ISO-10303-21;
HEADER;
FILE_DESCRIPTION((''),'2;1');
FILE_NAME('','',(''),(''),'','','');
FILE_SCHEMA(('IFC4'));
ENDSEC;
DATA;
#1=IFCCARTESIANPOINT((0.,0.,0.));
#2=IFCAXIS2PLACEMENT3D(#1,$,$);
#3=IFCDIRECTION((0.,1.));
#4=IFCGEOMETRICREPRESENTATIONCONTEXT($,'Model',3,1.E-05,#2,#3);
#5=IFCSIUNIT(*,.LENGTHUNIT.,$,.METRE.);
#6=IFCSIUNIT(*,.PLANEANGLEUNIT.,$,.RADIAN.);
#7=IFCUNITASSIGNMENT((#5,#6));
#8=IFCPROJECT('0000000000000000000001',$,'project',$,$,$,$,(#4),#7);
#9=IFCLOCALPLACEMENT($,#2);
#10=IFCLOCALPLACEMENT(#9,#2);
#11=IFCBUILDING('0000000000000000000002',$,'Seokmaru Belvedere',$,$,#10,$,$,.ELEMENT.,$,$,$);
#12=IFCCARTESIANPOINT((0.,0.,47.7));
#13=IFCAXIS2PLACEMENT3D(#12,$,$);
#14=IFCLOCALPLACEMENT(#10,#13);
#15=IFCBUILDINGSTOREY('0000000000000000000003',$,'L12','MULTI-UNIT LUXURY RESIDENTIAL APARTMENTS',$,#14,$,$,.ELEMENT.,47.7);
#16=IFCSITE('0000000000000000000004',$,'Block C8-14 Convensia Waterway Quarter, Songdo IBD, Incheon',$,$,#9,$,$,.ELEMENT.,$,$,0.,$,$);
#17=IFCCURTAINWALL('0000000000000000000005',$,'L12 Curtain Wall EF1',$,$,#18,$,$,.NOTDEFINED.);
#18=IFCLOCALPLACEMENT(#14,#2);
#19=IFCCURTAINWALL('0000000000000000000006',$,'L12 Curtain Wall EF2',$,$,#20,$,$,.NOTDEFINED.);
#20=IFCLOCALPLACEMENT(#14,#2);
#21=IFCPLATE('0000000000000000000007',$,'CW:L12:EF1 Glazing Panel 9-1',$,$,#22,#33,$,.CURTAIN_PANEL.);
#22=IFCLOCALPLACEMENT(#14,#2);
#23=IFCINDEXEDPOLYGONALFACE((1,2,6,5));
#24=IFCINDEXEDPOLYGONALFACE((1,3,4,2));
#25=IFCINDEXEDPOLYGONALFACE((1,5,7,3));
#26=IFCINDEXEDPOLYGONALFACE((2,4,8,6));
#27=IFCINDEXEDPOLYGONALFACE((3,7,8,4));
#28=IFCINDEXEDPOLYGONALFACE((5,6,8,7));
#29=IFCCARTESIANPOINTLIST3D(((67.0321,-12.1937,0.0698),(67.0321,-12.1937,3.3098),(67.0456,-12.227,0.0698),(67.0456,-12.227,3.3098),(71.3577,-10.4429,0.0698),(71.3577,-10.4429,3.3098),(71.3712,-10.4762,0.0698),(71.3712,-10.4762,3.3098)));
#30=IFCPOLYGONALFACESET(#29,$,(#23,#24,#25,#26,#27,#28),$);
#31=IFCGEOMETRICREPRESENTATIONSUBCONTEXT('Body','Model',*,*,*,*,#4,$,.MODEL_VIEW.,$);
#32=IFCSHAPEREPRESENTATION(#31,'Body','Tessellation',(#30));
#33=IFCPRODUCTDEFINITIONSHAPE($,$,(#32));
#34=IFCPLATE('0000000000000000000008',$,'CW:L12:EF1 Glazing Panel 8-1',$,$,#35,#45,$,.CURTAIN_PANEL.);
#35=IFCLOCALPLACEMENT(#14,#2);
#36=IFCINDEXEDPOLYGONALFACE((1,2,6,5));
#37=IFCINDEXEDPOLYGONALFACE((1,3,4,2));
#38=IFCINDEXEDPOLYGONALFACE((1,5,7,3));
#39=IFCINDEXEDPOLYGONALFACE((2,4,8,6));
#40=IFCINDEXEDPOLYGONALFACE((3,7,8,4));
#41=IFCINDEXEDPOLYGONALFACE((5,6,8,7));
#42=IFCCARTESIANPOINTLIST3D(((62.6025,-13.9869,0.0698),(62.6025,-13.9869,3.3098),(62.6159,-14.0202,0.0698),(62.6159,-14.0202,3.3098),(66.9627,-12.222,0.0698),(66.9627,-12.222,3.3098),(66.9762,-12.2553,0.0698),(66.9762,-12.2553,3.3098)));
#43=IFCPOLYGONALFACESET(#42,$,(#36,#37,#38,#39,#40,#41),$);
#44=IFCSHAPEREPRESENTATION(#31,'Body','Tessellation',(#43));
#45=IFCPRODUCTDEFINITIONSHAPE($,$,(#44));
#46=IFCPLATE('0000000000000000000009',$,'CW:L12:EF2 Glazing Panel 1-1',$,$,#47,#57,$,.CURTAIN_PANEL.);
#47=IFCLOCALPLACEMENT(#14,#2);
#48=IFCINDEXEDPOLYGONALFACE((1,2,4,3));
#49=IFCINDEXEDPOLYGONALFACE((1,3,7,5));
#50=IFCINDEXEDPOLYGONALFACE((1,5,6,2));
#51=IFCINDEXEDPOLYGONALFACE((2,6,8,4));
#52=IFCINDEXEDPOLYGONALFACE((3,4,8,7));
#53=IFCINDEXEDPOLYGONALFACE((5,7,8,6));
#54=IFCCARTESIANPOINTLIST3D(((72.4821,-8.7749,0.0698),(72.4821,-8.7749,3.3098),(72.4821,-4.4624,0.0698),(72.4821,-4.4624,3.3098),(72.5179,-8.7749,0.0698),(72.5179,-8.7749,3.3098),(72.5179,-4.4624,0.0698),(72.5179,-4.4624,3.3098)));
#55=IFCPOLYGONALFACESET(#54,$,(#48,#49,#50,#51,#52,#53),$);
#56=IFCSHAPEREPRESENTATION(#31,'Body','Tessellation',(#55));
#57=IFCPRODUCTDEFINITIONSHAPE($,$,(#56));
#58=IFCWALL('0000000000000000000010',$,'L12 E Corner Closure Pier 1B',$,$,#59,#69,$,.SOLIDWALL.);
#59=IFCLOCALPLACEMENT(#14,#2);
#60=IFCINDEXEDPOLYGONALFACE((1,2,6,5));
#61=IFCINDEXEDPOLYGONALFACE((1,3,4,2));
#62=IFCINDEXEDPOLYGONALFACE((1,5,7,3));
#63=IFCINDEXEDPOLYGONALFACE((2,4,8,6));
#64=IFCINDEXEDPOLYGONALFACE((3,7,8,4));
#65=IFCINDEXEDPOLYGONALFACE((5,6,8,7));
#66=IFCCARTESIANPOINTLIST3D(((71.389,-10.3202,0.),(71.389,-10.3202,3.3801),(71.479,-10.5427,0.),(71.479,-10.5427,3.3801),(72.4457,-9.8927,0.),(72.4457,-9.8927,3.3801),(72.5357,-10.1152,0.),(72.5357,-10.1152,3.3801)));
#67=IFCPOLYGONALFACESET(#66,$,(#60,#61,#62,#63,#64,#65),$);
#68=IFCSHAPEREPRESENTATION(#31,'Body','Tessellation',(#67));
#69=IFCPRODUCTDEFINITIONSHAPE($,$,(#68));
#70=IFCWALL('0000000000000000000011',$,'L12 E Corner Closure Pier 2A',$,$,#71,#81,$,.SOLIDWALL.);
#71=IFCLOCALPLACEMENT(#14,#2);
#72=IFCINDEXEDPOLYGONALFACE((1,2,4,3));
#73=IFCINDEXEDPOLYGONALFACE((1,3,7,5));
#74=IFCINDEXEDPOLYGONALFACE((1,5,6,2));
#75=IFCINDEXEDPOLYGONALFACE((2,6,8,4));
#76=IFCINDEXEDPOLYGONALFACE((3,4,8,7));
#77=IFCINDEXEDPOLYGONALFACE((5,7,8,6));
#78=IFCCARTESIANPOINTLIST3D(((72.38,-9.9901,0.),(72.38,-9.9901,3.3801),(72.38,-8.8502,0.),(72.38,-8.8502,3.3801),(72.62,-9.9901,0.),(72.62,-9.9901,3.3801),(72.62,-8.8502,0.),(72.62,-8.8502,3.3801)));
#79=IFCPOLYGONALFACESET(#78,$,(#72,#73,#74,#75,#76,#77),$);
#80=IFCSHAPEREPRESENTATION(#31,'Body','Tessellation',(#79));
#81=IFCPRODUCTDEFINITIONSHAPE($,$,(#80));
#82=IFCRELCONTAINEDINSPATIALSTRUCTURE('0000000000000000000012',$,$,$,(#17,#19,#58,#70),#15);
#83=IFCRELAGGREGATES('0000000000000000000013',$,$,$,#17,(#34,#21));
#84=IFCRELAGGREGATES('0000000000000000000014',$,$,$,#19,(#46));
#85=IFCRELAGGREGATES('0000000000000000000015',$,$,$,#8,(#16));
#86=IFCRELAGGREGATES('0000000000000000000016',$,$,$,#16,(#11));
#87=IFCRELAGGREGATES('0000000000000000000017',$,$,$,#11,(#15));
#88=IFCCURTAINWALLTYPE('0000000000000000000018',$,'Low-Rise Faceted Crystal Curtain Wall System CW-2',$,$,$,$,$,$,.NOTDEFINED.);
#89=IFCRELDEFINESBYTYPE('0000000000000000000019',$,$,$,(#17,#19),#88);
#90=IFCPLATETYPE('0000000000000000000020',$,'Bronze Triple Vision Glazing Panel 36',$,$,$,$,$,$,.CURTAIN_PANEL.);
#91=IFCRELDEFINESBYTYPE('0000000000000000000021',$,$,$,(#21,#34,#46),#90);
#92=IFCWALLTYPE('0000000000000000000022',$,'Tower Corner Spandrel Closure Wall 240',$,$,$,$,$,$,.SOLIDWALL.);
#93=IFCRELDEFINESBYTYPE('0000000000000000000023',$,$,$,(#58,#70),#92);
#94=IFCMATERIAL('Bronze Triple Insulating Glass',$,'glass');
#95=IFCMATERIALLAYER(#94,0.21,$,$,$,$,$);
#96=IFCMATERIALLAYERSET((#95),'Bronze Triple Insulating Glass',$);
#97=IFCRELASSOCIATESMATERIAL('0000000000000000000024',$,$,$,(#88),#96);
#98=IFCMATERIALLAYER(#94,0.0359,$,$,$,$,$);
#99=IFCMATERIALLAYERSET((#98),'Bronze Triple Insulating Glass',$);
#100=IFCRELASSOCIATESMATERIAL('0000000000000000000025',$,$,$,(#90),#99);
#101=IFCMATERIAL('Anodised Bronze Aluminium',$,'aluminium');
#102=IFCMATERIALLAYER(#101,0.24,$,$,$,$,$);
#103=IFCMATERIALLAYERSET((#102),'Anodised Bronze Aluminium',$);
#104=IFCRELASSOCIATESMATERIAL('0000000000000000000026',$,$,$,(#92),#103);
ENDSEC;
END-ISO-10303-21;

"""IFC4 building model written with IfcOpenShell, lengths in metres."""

from ifc_helpers import new_model, si_unit, direction, frame, frame_2d, origin, origin_2d, place, context, subcontext, project, spatial, rectangle, extrude, source, transform, mapped, material, layer, layer_set, type_object, type_shapes, element, aggregate, save


model = new_model("IFC4")

# Units and contexts
model_context = context("Model", 3, precision=1e-05, world=origin(), true_north=direction((0.0, 1.0)))
body_context = subcontext(model_context, "Body", "Model", "MODEL_VIEW")
ifc_project = project(units=[si_unit("LENGTHUNIT", "METRE"), si_unit("PLANEANGLEUNIT", "RADIAN")], contexts=[model_context])

# Site, building, storey
site_placement = place(None, origin())
site = spatial("IfcSite", under=ifc_project, at=site_placement, Name="Block C8-14 Convensia Waterway Quarter, Songdo IBD, Incheon", CompositionType="ELEMENT", RefElevation=0.0)
building_placement = place(site_placement, origin())
building = spatial("IfcBuilding", under=site, at=building_placement, Name="Seokmaru Belvedere", CompositionType="ELEMENT")
storey_placement = place(building_placement, frame((0.0, 0.0, 47.7)))
storey = spatial("IfcBuildingStorey", under=building, at=storey_placement, Name="L12", Description="MULTI-UNIT LUXURY RESIDENTIAL APARTMENTS", CompositionType="ELEMENT", Elevation=47.7)

# Curtain walls
ifc_material_1 = material(Name="Bronze Triple Insulating Glass", Category="glass")
ifc_layer_1 = layer(ifc_material_1, 0.21)
ifc_layer_set_1 = layer_set([ifc_layer_1], Name="Bronze Triple Insulating Glass")
curtain_wall_type = type_object("IfcCurtainWallType", Name="Low-Rise Faceted Crystal Curtain Wall System CW-2", PredefinedType="NOTDEFINED", material=ifc_layer_set_1)
curtain_wall_1_placement = place(storey_placement, origin())
curtain_wall_1 = element("IfcCurtainWall", 1, at=curtain_wall_1_placement, inside=storey, type_object=curtain_wall_type, Name="L12 Curtain Wall EF1", PredefinedType="NOTDEFINED")
ifc_material_2 = material(Name="Anodised Bronze Aluminium", Category="aluminium")
curtain_wall_2_placement = place(storey_placement, origin())
curtain_wall_2 = element("IfcCurtainWall", 2, at=curtain_wall_2_placement, inside=storey, type_object=curtain_wall_type, Name="L12 Curtain Wall EF2", PredefinedType="NOTDEFINED")

# Plates
ifc_layer_2 = layer(ifc_material_1, 0.0359)
ifc_layer_set_2 = layer_set([ifc_layer_2], Name="Bronze Triple Insulating Glass")
plate_type = type_object("IfcPlateType", Name="Bronze Triple Vision Glazing Panel 36", PredefinedType="CURTAIN_PANEL", material=ifc_layer_set_2)
shared_shape_1 = source(origin(), body_context, "Body", "SweptSolid", [
    extrude(rectangle(XDim=4.6665, YDim=0.0359, at=origin_2d()), origin(), (0.0, 0.0, 1.0), 3.24),
])
plate_1_placement = place(storey_placement, frame((69.2017, -11.335, 0.0698), z_axis=(0.0, 0.0, 1.0), x_axis=(0.926947, 0.375192, 0.0)))
plate_1 = element("IfcPlate", 3, at=plate_1_placement, type_object=plate_type, Name="CW:L12:EF1 Glazing Panel 9-1", PredefinedType="CURTAIN_PANEL", context=body_context, shape_type="MappedRepresentation", body=[
    mapped(shared_shape_1, transform((0.0, 0.0, 0.0), scale=1.0)),
])
shared_shape_2 = source(origin(), body_context, "Body", "SweptSolid", [
    extrude(rectangle(XDim=4.7039, YDim=0.0359, at=origin_2d()), origin(), (0.0, 0.0, 1.0), 3.24),
])
plate_2_placement = place(storey_placement, frame((64.7893, -13.1211, 0.0698), z_axis=(0.0, 0.0, 1.0), x_axis=(0.926947, 0.375192, 0.0)))
plate_2 = element("IfcPlate", 4, at=plate_2_placement, type_object=plate_type, Name="CW:L12:EF1 Glazing Panel 8-1", PredefinedType="CURTAIN_PANEL", context=body_context, shape_type="MappedRepresentation", body=[
    mapped(shared_shape_2, transform((0.0, 0.0, 0.0), scale=1.0)),
])
aggregate(curtain_wall_1, [plate_2, plate_1])
shared_shape_3 = source(origin(), body_context, "Body", "SweptSolid", [
    extrude(rectangle(XDim=4.3125, YDim=0.0359, at=origin_2d()), origin(), (0.0, 0.0, 1.0), 3.24),
])
type_shapes(plate_type, [shared_shape_1, shared_shape_2, shared_shape_3])
plate_3_placement = place(storey_placement, frame((72.5, -6.6187, 0.0698), z_axis=(0.0, 0.0, 1.0), x_axis=(0.0, 1.0, 0.0)))
plate_3 = element("IfcPlate", 5, at=plate_3_placement, type_object=plate_type, Name="CW:L12:EF2 Glazing Panel 1-1", PredefinedType="CURTAIN_PANEL", context=body_context, shape_type="MappedRepresentation", body=[
    mapped(shared_shape_3, transform((0.0, 0.0, 0.0), scale=1.0)),
])
aggregate(curtain_wall_2, [plate_3])

# Walls
ifc_layer_3 = layer(ifc_material_2, 0.24)
ifc_layer_set_3 = layer_set([ifc_layer_3], Name="Anodised Bronze Aluminium")
wall_type = type_object("IfcWallType", Name="Tower Corner Spandrel Closure Wall 240", PredefinedType="SOLIDWALL", material=ifc_layer_set_3)
for number, where, z_axis, x_axis, name in (
    (6, (71.4341, -10.4314, 0.0), (0.0, 0.0, 1.0), (0.927007, 0.375044, 0.0), "L12 E Corner Closure Pier 1B"),
    (7, (72.5, -9.99, 0.0), (0.0, 0.0, 1.0), (0.0, 1.0, 0.0), "L12 E Corner Closure Pier 2A"),
):
    element("IfcWall", number, at=place(storey_placement, frame(where, z_axis=z_axis, x_axis=x_axis)), inside=storey, type_object=wall_type, Name=name, PredefinedType="SOLIDWALL", context=body_context, shape_type="SweptSolid", body=[
        extrude(rectangle(XDim=1.1399, YDim=0.24, at=frame_2d((0.5698, 0.0))), origin(), (0.0, 0.0, 1.0), 3.3801),
    ])

save(model, "model.ifc")
